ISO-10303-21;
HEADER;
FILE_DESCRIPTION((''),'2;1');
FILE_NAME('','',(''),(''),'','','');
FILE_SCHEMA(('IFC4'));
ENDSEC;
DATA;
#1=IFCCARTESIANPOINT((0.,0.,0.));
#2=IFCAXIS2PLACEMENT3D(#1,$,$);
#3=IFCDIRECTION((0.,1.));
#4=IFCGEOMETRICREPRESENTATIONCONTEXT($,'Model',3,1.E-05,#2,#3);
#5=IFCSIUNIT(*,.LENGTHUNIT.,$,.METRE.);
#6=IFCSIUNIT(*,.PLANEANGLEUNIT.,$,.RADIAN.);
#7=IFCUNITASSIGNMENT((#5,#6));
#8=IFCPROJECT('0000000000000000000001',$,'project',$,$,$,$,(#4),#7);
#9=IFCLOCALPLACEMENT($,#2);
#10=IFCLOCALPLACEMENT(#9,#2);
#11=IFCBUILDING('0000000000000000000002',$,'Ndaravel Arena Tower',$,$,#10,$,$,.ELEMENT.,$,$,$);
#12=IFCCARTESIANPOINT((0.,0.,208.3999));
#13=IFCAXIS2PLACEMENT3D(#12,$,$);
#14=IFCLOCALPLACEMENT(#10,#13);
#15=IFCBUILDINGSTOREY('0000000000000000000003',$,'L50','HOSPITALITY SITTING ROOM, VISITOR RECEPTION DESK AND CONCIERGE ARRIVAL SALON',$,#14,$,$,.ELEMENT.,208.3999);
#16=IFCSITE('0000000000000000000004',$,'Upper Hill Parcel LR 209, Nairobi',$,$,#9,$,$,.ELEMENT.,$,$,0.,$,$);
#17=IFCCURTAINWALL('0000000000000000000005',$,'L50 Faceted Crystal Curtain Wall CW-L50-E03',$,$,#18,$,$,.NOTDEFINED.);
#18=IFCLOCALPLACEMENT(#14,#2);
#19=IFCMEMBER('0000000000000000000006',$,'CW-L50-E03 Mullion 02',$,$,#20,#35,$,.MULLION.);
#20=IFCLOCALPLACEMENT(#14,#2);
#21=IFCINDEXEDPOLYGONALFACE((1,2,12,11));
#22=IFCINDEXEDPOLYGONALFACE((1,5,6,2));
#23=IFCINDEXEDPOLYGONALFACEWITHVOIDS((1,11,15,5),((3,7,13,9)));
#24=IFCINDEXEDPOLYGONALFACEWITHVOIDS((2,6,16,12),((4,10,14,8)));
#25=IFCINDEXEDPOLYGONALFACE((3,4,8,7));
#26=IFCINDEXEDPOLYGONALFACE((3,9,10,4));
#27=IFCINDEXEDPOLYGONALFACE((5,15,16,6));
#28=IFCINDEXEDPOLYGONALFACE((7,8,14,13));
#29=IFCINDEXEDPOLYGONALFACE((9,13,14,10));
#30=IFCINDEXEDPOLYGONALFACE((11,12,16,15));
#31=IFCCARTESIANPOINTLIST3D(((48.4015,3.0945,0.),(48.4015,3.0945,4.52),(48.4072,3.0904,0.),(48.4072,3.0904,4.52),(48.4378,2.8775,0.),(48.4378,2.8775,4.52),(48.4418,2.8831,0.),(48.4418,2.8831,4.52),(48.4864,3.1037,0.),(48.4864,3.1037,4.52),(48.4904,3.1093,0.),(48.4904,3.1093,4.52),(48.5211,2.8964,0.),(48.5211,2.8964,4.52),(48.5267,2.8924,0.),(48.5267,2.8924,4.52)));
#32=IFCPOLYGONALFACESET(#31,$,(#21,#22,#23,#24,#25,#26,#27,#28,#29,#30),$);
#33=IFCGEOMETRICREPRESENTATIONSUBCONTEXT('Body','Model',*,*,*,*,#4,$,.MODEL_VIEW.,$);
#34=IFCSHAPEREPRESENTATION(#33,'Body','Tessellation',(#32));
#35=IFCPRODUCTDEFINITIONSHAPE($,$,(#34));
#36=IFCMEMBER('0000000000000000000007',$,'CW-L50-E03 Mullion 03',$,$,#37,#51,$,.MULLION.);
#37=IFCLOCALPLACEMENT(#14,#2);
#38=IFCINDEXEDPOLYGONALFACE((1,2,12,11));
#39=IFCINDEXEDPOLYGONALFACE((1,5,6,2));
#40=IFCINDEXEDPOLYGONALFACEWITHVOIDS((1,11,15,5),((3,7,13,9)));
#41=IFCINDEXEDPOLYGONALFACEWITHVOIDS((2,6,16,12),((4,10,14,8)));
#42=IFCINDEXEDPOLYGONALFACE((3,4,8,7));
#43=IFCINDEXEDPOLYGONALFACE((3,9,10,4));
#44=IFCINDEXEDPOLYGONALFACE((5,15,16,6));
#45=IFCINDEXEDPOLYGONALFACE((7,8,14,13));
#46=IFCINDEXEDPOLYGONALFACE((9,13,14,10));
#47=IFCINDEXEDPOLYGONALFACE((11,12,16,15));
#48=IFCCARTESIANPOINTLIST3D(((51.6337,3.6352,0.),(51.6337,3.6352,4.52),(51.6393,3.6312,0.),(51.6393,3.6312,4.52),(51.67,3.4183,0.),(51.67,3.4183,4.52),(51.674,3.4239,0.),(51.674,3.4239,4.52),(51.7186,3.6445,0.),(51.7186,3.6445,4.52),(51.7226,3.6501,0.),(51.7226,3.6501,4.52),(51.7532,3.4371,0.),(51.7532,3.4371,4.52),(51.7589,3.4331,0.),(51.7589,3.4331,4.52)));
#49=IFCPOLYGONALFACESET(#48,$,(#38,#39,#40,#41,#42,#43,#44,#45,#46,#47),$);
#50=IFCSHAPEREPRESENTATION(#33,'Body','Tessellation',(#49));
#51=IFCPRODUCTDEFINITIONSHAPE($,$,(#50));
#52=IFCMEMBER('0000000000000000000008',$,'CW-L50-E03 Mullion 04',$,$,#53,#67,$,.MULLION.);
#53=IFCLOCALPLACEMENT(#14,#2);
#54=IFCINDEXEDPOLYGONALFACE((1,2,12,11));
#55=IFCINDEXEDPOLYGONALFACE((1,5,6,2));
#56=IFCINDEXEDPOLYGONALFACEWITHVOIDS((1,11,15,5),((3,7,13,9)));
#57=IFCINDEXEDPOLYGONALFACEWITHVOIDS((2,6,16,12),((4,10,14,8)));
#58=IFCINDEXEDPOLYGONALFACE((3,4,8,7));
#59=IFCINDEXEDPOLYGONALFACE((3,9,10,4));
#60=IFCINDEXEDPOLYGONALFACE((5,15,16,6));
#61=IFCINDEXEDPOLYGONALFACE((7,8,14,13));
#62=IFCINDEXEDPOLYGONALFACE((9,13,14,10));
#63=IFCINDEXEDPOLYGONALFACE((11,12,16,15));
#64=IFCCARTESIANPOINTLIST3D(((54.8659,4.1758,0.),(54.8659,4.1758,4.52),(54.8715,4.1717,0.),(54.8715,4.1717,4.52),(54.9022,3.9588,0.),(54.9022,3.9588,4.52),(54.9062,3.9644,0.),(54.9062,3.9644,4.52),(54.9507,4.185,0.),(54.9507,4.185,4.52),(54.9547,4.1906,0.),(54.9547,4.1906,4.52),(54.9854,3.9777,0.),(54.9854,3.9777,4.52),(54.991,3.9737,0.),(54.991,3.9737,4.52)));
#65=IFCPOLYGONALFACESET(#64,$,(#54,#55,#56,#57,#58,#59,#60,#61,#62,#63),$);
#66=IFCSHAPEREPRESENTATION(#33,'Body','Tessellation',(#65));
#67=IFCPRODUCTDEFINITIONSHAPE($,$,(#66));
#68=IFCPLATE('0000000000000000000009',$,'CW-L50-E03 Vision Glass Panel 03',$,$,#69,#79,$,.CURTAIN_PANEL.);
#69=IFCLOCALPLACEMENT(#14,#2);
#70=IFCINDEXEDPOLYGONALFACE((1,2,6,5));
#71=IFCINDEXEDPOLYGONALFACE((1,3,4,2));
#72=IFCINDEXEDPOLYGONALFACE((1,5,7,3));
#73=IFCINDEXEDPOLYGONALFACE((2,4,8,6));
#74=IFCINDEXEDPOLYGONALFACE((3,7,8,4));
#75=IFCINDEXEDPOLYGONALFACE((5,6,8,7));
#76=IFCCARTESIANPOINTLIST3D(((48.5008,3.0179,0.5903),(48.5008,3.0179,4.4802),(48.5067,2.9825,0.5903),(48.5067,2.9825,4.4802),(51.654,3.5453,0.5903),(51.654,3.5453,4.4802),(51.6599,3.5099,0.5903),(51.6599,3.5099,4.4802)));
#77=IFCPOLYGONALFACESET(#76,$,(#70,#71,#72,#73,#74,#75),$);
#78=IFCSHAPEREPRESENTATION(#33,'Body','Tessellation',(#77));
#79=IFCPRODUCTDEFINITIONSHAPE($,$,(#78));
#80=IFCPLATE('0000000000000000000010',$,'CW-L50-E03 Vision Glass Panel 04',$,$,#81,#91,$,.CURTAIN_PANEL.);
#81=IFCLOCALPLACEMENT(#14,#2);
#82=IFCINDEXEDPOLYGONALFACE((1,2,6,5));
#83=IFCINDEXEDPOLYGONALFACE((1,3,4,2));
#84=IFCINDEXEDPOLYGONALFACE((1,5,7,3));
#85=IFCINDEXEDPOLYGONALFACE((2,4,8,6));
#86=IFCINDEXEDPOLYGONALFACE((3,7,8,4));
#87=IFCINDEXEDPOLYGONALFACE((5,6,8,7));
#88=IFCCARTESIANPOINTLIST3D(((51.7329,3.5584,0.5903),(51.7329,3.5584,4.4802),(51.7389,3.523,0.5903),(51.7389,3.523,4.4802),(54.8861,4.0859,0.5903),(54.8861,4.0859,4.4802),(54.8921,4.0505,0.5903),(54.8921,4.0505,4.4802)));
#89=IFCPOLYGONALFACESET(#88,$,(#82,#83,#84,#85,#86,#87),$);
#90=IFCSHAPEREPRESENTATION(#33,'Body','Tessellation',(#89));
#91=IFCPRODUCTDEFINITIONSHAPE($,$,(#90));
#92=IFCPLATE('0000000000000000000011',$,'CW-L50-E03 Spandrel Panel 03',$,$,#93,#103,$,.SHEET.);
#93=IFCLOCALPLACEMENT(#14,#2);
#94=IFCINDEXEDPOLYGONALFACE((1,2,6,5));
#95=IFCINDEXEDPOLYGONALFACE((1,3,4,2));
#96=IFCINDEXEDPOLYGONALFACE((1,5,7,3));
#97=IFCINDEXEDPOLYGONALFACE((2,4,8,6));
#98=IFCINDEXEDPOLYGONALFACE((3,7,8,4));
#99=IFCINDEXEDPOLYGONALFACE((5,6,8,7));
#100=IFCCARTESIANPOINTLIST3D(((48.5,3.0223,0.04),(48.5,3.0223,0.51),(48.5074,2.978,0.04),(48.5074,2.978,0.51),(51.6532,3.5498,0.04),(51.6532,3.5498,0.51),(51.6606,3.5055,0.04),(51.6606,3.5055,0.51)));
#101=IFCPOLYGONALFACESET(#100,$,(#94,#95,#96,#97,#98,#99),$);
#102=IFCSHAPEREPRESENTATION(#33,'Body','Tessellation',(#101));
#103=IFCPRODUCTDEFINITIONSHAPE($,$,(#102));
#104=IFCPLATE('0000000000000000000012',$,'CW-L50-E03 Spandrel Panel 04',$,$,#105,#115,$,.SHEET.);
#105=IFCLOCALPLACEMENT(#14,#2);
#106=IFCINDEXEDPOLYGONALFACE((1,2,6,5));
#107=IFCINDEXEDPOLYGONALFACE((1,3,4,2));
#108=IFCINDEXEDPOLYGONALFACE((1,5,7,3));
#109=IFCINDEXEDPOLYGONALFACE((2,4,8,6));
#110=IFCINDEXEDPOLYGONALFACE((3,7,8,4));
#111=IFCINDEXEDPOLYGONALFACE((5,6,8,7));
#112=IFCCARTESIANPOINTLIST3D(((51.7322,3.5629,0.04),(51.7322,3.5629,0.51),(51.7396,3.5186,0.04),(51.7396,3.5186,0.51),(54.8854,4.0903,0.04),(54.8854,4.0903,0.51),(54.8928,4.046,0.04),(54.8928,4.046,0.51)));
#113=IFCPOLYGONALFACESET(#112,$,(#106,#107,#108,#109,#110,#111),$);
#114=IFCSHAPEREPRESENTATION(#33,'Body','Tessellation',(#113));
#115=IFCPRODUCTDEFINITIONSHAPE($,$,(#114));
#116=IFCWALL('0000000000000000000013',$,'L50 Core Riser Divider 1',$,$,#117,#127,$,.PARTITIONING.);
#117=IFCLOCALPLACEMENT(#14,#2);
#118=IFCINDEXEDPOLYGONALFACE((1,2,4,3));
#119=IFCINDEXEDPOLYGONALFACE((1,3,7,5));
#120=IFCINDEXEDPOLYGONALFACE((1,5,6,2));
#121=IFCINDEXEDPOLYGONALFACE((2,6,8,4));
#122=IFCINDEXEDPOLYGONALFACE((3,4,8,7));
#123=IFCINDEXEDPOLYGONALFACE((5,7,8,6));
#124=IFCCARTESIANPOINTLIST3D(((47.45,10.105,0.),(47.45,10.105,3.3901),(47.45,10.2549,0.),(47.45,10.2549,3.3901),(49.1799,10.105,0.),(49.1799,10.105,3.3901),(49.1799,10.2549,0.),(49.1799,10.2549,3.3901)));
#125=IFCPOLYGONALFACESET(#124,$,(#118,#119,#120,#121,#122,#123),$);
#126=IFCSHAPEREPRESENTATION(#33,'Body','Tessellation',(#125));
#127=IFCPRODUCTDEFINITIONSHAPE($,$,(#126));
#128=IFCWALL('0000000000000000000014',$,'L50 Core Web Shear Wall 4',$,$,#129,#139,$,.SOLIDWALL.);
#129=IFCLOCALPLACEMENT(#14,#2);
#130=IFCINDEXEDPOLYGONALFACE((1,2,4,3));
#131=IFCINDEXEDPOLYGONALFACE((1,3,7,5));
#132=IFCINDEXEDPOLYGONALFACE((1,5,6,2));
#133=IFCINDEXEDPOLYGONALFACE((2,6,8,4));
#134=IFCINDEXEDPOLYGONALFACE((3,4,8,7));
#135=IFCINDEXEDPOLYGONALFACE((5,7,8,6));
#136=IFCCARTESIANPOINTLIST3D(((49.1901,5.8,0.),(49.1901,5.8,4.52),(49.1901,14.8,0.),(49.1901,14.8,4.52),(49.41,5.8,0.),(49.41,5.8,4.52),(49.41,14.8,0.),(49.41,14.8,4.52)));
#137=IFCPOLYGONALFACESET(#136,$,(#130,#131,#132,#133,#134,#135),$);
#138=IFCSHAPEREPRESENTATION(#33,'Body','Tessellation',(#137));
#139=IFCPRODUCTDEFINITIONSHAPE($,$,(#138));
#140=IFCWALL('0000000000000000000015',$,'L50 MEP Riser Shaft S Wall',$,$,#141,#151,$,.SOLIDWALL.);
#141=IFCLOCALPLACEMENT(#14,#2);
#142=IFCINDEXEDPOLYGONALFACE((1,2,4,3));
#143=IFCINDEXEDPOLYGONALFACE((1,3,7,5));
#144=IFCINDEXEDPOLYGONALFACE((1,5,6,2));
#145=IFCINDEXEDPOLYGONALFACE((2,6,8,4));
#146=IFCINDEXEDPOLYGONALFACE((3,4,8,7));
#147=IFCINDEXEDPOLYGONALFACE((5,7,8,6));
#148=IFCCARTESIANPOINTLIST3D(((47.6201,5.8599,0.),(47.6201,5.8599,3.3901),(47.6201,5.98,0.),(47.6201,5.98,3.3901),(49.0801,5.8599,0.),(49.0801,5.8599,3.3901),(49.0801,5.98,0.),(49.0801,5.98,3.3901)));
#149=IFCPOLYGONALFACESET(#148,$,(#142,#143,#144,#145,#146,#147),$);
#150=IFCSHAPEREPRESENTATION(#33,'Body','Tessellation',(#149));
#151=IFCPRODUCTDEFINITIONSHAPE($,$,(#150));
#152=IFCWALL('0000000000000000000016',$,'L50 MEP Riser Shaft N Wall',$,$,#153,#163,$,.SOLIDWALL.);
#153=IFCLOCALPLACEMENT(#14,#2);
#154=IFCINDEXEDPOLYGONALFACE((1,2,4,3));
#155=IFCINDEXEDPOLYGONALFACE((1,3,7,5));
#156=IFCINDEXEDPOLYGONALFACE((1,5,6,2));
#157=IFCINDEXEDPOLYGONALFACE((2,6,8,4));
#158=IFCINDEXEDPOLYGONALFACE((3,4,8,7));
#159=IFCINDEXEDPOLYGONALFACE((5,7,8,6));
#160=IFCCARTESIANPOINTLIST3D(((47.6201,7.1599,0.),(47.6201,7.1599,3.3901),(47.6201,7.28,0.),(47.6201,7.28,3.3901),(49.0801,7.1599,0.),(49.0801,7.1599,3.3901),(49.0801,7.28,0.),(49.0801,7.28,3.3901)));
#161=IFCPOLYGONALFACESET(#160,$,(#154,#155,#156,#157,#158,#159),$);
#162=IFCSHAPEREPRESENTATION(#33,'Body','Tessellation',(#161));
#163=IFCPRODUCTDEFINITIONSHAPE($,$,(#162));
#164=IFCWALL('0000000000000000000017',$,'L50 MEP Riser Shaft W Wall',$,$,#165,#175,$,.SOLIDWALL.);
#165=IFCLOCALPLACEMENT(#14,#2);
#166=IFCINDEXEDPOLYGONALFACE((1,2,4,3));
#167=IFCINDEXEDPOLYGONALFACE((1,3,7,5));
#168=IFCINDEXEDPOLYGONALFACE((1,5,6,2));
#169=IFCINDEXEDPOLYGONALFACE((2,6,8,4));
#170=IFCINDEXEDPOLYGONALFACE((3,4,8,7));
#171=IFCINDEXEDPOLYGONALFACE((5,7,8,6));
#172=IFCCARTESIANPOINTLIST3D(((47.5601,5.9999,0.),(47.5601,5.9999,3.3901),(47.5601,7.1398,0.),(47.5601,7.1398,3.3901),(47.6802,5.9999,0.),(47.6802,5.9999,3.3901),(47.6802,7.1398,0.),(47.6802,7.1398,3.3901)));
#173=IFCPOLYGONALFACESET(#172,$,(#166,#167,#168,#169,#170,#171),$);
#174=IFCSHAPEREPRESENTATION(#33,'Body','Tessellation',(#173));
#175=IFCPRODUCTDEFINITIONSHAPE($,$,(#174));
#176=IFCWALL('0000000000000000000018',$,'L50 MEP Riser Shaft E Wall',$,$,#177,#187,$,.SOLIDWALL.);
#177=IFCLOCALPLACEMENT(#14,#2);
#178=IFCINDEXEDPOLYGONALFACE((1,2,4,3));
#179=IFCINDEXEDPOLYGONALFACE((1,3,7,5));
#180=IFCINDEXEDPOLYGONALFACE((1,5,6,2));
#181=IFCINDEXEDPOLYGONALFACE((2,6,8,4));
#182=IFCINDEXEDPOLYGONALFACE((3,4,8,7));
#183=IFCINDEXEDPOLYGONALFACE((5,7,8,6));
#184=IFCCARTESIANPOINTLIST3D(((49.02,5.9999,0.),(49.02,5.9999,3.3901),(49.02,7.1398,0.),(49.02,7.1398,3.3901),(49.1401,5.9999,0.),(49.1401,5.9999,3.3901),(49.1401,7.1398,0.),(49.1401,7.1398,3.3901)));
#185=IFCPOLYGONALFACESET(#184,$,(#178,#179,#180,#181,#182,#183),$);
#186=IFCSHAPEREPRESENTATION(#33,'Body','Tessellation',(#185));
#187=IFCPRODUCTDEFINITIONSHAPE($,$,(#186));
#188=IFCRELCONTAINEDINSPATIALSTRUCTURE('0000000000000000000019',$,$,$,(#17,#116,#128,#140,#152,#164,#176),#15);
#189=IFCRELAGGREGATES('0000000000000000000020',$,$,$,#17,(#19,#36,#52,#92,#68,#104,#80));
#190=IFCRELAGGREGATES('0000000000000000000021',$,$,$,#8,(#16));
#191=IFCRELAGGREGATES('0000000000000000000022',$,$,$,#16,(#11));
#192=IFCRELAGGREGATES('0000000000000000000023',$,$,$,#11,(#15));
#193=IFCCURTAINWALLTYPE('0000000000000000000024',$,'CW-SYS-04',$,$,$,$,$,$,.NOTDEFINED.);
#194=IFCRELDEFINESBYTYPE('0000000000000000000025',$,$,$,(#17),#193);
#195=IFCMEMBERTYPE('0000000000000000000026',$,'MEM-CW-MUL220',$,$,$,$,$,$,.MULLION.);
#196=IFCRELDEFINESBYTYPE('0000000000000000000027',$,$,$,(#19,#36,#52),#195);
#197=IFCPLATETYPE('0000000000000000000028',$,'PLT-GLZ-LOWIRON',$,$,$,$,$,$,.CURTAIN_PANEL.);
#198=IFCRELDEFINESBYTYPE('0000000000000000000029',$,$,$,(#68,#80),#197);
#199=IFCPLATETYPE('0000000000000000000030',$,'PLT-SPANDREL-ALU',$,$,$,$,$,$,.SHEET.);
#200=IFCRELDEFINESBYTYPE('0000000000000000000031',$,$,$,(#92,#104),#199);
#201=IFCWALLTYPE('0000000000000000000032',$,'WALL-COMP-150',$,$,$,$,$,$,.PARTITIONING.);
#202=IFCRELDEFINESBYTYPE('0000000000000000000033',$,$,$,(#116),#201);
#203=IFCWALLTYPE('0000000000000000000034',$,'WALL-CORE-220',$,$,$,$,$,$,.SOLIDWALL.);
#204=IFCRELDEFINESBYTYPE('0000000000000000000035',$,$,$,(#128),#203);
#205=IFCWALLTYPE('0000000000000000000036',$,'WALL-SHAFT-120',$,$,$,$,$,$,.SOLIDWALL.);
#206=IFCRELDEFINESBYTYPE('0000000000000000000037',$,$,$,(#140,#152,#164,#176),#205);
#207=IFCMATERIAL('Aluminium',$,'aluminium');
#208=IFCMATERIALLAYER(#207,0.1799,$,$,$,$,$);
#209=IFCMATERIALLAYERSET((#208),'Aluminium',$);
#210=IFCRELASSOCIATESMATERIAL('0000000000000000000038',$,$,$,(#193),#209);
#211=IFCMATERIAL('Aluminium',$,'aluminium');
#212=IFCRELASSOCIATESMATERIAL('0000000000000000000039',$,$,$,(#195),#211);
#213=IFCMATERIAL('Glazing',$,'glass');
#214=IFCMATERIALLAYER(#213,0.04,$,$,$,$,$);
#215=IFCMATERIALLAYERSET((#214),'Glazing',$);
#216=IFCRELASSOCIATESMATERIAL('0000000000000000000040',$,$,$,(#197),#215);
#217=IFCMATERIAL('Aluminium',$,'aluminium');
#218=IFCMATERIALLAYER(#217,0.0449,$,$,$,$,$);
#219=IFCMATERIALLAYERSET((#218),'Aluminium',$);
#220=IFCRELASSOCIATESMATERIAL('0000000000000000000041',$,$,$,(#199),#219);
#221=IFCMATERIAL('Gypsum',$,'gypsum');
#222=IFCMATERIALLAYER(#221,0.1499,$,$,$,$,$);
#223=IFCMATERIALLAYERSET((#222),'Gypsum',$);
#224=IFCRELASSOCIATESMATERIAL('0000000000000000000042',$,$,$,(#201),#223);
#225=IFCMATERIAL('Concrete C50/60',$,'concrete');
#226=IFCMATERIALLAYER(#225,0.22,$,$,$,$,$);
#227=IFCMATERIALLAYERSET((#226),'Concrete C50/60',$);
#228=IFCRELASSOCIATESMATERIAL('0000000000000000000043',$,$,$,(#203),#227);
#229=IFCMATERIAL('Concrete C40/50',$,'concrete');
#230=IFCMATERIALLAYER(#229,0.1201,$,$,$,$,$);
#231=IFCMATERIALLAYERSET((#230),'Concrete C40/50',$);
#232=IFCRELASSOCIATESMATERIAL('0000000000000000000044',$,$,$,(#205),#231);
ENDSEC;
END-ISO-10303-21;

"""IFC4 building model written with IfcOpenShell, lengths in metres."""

from ifc_helpers import new_model, si_unit, direction, frame, frame_2d, origin, origin_2d, place, context, subcontext, project, spatial, rectangle, hollow_rectangle, extrude, material, layer, layer_set, material_profile, profile_set, type_object, element, aggregate, save


model = new_model("IFC4")

# Units and contexts
model_context = context("Model", 3, precision=1e-05, world=origin(), true_north=direction((0.0, 1.0)))
body_context = subcontext(model_context, "Body", "Model", "MODEL_VIEW")
ifc_project = project(units=[si_unit("LENGTHUNIT", "METRE"), si_unit("PLANEANGLEUNIT", "RADIAN")], contexts=[model_context])

# Site, building, storey
site_placement = place(None, origin())
site = spatial("IfcSite", under=ifc_project, at=site_placement, Name="Upper Hill Parcel LR 209, Nairobi", CompositionType="ELEMENT", RefElevation=0.0)
building_placement = place(site_placement, origin())
building = spatial("IfcBuilding", under=site, at=building_placement, Name="Ndaravel Arena Tower", CompositionType="ELEMENT")
storey_placement = place(building_placement, frame((0.0, 0.0, 208.3999)))
storey = spatial("IfcBuildingStorey", under=building, at=storey_placement, Name="L50", Description="HOSPITALITY SITTING ROOM, VISITOR RECEPTION DESK AND CONCIERGE ARRIVAL SALON", CompositionType="ELEMENT", Elevation=208.3999)

# Curtain wall, members, plates
ifc_material_1 = material(Name="Aluminium", Category="aluminium")
ifc_layer_1 = layer(ifc_material_1, 0.1799)
ifc_layer_set_1 = layer_set([ifc_layer_1], Name="Aluminium")
curtain_wall_type = type_object("IfcCurtainWallType", Name="CW-SYS-04", PredefinedType="NOTDEFINED", material=ifc_layer_set_1)
curtain_wall_placement = place(storey_placement, origin())
curtain_wall = element("IfcCurtainWall", 1, at=curtain_wall_placement, inside=storey, type_object=curtain_wall_type, Name="L50 Faceted Crystal Curtain Wall CW-L50-E03", PredefinedType="NOTDEFINED")
ifc_material_2 = material(Name="Aluminium", Category="aluminium")
ifc_material_profile = material_profile(ifc_material_2, hollow_rectangle(XDim=0.0901, YDim=0.22, WallThickness=0.0049, at=origin_2d()), Name="CW MULLION 90x220x5")
ifc_profile_set = profile_set([ifc_material_profile], Name="Aluminium")
member_type = type_object("IfcMemberType", Name="MEM-CW-MUL220", PredefinedType="MULLION", material=ifc_profile_set)
member_1_placement = place(storey_placement, frame((48.4641, 2.9934, 0.0), z_axis=(0.0, 0.0, 1.0), x_axis=(0.986297, 0.164979, 0.0)))
member_1 = element("IfcMember", 2, at=member_1_placement, type_object=member_type, Name="CW-L50-E03 Mullion 02", PredefinedType="MULLION", context=body_context, shape_type="SweptSolid", body=[
    extrude(hollow_rectangle(XDim=0.0901, YDim=0.22, WallThickness=0.0049, at=origin_2d()), origin(), (0.0, 0.0, 1.0), 4.52),
])
member_2_placement = place(storey_placement, frame((51.6963, 3.5342, 0.0), z_axis=(0.0, 0.0, 1.0), x_axis=(0.986297, 0.164979, 0.0)))
member_2 = element("IfcMember", 3, at=member_2_placement, type_object=member_type, Name="CW-L50-E03 Mullion 03", PredefinedType="MULLION", context=body_context, shape_type="SweptSolid", body=[
    extrude(hollow_rectangle(XDim=0.0901, YDim=0.22, WallThickness=0.0049, at=origin_2d()), origin(), (0.0, 0.0, 1.0), 4.52),
])
member_3_placement = place(storey_placement, frame((54.9285, 4.0747, 0.0), z_axis=(0.0, 0.0, 1.0), x_axis=(0.986297, 0.164979, 0.0)))
member_3 = element("IfcMember", 4, at=member_3_placement, type_object=member_type, Name="CW-L50-E03 Mullion 04", PredefinedType="MULLION", context=body_context, shape_type="SweptSolid", body=[
    extrude(hollow_rectangle(XDim=0.0901, YDim=0.22, WallThickness=0.0049, at=origin_2d()), origin(), (0.0, 0.0, 1.0), 4.52),
])
ifc_material_3 = material(Name="Glazing", Category="glass")
ifc_layer_2 = layer(ifc_material_3, 0.04)
ifc_layer_set_2 = layer_set([ifc_layer_2], Name="Glazing")
plate_type_1 = type_object("IfcPlateType", Name="PLT-GLZ-LOWIRON", PredefinedType="CURTAIN_PANEL", material=ifc_layer_set_2)
plate_1_placement = place(storey_placement, frame((50.0803, 3.2639, 0.5903), z_axis=(0.0, 0.0, 1.0), x_axis=(0.986297, 0.164979, 0.0)))
plate_1 = element("IfcPlate", 5, at=plate_1_placement, type_object=plate_type_1, Name="CW-L50-E03 Vision Glass Panel 03", PredefinedType="CURTAIN_PANEL", context=body_context, shape_type="SweptSolid", body=[
    extrude(rectangle(XDim=3.197, YDim=0.0359, at=origin_2d()), origin(), (0.0, 0.0, 1.0), 3.8899),
])
plate_2_placement = place(storey_placement, frame((53.3125, 3.8044, 0.5903), z_axis=(0.0, 0.0, 1.0), x_axis=(0.986297, 0.164979, 0.0)))
plate_2 = element("IfcPlate", 6, at=plate_2_placement, type_object=plate_type_1, Name="CW-L50-E03 Vision Glass Panel 04", PredefinedType="CURTAIN_PANEL", context=body_context, shape_type="SweptSolid", body=[
    extrude(rectangle(XDim=3.197, YDim=0.0359, at=origin_2d()), origin(), (0.0, 0.0, 1.0), 3.8899),
])
ifc_material_4 = material(Name="Aluminium", Category="aluminium")
ifc_layer_3 = layer(ifc_material_4, 0.0449)
ifc_layer_set_3 = layer_set([ifc_layer_3], Name="Aluminium")
plate_type_2 = type_object("IfcPlateType", Name="PLT-SPANDREL-ALU", PredefinedType="SHEET", material=ifc_layer_set_3)
plate_3_placement = place(storey_placement, frame((50.0803, 3.2639, 0.04), z_axis=(0.0, 0.0, 1.0), x_axis=(0.986297, 0.164979, 0.0)))
plate_3 = element("IfcPlate", 7, at=plate_3_placement, type_object=plate_type_2, Name="CW-L50-E03 Spandrel Panel 03", PredefinedType="SHEET", context=body_context, shape_type="SweptSolid", body=[
    extrude(rectangle(XDim=3.197, YDim=0.0449, at=origin_2d()), origin(), (0.0, 0.0, 1.0), 0.47),
])
plate_4_placement = place(storey_placement, frame((53.3125, 3.8044, 0.04), z_axis=(0.0, 0.0, 1.0), x_axis=(0.986297, 0.164979, 0.0)))
plate_4 = element("IfcPlate", 8, at=plate_4_placement, type_object=plate_type_2, Name="CW-L50-E03 Spandrel Panel 04", PredefinedType="SHEET", context=body_context, shape_type="SweptSolid", body=[
    extrude(rectangle(XDim=3.197, YDim=0.0449, at=origin_2d()), origin(), (0.0, 0.0, 1.0), 0.47),
])
aggregate(curtain_wall, [member_1, member_2, member_3, plate_3, plate_1, plate_4, plate_2])

# Walls
ifc_material_5 = material(Name="Gypsum", Category="gypsum")
ifc_layer_4 = layer(ifc_material_5, 0.1499)
ifc_layer_set_4 = layer_set([ifc_layer_4], Name="Gypsum")
wall_type_1 = type_object("IfcWallType", Name="WALL-COMP-150", PredefinedType="PARTITIONING", material=ifc_layer_set_4)
wall_1_placement = place(storey_placement, frame((47.45, 10.1799, 0.0), z_axis=(0.0, 0.0, 1.0), x_axis=(1.0, 0.0, 0.0)))
element("IfcWall", 9, at=wall_1_placement, inside=storey, type_object=wall_type_1, Name="L50 Core Riser Divider 1", PredefinedType="PARTITIONING", context=body_context, shape_type="SweptSolid", body=[
    extrude(rectangle(XDim=1.73, YDim=0.1499, at=frame_2d((0.865, 0.0))), origin(), (0.0, 0.0, 1.0), 3.3901),
])
ifc_material_6 = material(Name="Concrete C50/60", Category="concrete")
ifc_layer_5 = layer(ifc_material_6, 0.22)
ifc_layer_set_5 = layer_set([ifc_layer_5], Name="Concrete C50/60")
wall_type_2 = type_object("IfcWallType", Name="WALL-CORE-220", PredefinedType="SOLIDWALL", material=ifc_layer_set_5)
wall_2_placement = place(storey_placement, frame((49.3, 5.8, 0.0), z_axis=(0.0, 0.0, 1.0), x_axis=(0.0, 1.0, 0.0)))
element("IfcWall", 10, at=wall_2_placement, inside=storey, type_object=wall_type_2, Name="L50 Core Web Shear Wall 4", PredefinedType="SOLIDWALL", context=body_context, shape_type="SweptSolid", body=[
    extrude(rectangle(XDim=9.0, YDim=0.22, at=frame_2d((4.5, 0.0))), origin(), (0.0, 0.0, 1.0), 4.52),
])

# Walls
ifc_material_7 = material(Name="Concrete C40/50", Category="concrete")
ifc_layer_6 = layer(ifc_material_7, 0.1201)
ifc_layer_set_6 = layer_set([ifc_layer_6], Name="Concrete C40/50")
wall_type_3 = type_object("IfcWallType", Name="WALL-SHAFT-120", PredefinedType="SOLIDWALL", material=ifc_layer_set_6)
for number, where, z_axis, x_axis, name in (
    (11, (47.6201, 5.9199, 0.0), (0.0, 0.0, 1.0), (1.0, 0.0, 0.0), "L50 MEP Riser Shaft S Wall"),
    (12, (47.6201, 7.22, 0.0), (0.0, 0.0, 1.0), (1.0, 0.0, 0.0), "L50 MEP Riser Shaft N Wall"),
):
    element("IfcWall", number, at=place(storey_placement, frame(where, z_axis=z_axis, x_axis=x_axis)), inside=storey, type_object=wall_type_3, Name=name, PredefinedType="SOLIDWALL", context=body_context, shape_type="SweptSolid", body=[
        extrude(rectangle(XDim=1.46, YDim=0.1201, at=frame_2d((0.73, 0.0))), origin(), (0.0, 0.0, 1.0), 3.3901),
    ])
for number, where, z_axis, x_axis, name in (
    (13, (47.6201, 6.0, 0.0), (0.0, 0.0, 1.0), (0.0, 1.0, 0.0), "L50 MEP Riser Shaft W Wall"),
    (14, (49.0801, 6.0, 0.0), (0.0, 0.0, 1.0), (0.0, 1.0, 0.0), "L50 MEP Riser Shaft E Wall"),
):
    element("IfcWall", number, at=place(storey_placement, frame(where, z_axis=z_axis, x_axis=x_axis)), inside=storey, type_object=wall_type_3, Name=name, PredefinedType="SOLIDWALL", context=body_context, shape_type="SweptSolid", body=[
        extrude(rectangle(XDim=1.1399, YDim=0.1201, at=frame_2d((0.5698, 0.0))), origin(), (0.0, 0.0, 1.0), 3.3901),
    ])

save(model, "model.ifc")
